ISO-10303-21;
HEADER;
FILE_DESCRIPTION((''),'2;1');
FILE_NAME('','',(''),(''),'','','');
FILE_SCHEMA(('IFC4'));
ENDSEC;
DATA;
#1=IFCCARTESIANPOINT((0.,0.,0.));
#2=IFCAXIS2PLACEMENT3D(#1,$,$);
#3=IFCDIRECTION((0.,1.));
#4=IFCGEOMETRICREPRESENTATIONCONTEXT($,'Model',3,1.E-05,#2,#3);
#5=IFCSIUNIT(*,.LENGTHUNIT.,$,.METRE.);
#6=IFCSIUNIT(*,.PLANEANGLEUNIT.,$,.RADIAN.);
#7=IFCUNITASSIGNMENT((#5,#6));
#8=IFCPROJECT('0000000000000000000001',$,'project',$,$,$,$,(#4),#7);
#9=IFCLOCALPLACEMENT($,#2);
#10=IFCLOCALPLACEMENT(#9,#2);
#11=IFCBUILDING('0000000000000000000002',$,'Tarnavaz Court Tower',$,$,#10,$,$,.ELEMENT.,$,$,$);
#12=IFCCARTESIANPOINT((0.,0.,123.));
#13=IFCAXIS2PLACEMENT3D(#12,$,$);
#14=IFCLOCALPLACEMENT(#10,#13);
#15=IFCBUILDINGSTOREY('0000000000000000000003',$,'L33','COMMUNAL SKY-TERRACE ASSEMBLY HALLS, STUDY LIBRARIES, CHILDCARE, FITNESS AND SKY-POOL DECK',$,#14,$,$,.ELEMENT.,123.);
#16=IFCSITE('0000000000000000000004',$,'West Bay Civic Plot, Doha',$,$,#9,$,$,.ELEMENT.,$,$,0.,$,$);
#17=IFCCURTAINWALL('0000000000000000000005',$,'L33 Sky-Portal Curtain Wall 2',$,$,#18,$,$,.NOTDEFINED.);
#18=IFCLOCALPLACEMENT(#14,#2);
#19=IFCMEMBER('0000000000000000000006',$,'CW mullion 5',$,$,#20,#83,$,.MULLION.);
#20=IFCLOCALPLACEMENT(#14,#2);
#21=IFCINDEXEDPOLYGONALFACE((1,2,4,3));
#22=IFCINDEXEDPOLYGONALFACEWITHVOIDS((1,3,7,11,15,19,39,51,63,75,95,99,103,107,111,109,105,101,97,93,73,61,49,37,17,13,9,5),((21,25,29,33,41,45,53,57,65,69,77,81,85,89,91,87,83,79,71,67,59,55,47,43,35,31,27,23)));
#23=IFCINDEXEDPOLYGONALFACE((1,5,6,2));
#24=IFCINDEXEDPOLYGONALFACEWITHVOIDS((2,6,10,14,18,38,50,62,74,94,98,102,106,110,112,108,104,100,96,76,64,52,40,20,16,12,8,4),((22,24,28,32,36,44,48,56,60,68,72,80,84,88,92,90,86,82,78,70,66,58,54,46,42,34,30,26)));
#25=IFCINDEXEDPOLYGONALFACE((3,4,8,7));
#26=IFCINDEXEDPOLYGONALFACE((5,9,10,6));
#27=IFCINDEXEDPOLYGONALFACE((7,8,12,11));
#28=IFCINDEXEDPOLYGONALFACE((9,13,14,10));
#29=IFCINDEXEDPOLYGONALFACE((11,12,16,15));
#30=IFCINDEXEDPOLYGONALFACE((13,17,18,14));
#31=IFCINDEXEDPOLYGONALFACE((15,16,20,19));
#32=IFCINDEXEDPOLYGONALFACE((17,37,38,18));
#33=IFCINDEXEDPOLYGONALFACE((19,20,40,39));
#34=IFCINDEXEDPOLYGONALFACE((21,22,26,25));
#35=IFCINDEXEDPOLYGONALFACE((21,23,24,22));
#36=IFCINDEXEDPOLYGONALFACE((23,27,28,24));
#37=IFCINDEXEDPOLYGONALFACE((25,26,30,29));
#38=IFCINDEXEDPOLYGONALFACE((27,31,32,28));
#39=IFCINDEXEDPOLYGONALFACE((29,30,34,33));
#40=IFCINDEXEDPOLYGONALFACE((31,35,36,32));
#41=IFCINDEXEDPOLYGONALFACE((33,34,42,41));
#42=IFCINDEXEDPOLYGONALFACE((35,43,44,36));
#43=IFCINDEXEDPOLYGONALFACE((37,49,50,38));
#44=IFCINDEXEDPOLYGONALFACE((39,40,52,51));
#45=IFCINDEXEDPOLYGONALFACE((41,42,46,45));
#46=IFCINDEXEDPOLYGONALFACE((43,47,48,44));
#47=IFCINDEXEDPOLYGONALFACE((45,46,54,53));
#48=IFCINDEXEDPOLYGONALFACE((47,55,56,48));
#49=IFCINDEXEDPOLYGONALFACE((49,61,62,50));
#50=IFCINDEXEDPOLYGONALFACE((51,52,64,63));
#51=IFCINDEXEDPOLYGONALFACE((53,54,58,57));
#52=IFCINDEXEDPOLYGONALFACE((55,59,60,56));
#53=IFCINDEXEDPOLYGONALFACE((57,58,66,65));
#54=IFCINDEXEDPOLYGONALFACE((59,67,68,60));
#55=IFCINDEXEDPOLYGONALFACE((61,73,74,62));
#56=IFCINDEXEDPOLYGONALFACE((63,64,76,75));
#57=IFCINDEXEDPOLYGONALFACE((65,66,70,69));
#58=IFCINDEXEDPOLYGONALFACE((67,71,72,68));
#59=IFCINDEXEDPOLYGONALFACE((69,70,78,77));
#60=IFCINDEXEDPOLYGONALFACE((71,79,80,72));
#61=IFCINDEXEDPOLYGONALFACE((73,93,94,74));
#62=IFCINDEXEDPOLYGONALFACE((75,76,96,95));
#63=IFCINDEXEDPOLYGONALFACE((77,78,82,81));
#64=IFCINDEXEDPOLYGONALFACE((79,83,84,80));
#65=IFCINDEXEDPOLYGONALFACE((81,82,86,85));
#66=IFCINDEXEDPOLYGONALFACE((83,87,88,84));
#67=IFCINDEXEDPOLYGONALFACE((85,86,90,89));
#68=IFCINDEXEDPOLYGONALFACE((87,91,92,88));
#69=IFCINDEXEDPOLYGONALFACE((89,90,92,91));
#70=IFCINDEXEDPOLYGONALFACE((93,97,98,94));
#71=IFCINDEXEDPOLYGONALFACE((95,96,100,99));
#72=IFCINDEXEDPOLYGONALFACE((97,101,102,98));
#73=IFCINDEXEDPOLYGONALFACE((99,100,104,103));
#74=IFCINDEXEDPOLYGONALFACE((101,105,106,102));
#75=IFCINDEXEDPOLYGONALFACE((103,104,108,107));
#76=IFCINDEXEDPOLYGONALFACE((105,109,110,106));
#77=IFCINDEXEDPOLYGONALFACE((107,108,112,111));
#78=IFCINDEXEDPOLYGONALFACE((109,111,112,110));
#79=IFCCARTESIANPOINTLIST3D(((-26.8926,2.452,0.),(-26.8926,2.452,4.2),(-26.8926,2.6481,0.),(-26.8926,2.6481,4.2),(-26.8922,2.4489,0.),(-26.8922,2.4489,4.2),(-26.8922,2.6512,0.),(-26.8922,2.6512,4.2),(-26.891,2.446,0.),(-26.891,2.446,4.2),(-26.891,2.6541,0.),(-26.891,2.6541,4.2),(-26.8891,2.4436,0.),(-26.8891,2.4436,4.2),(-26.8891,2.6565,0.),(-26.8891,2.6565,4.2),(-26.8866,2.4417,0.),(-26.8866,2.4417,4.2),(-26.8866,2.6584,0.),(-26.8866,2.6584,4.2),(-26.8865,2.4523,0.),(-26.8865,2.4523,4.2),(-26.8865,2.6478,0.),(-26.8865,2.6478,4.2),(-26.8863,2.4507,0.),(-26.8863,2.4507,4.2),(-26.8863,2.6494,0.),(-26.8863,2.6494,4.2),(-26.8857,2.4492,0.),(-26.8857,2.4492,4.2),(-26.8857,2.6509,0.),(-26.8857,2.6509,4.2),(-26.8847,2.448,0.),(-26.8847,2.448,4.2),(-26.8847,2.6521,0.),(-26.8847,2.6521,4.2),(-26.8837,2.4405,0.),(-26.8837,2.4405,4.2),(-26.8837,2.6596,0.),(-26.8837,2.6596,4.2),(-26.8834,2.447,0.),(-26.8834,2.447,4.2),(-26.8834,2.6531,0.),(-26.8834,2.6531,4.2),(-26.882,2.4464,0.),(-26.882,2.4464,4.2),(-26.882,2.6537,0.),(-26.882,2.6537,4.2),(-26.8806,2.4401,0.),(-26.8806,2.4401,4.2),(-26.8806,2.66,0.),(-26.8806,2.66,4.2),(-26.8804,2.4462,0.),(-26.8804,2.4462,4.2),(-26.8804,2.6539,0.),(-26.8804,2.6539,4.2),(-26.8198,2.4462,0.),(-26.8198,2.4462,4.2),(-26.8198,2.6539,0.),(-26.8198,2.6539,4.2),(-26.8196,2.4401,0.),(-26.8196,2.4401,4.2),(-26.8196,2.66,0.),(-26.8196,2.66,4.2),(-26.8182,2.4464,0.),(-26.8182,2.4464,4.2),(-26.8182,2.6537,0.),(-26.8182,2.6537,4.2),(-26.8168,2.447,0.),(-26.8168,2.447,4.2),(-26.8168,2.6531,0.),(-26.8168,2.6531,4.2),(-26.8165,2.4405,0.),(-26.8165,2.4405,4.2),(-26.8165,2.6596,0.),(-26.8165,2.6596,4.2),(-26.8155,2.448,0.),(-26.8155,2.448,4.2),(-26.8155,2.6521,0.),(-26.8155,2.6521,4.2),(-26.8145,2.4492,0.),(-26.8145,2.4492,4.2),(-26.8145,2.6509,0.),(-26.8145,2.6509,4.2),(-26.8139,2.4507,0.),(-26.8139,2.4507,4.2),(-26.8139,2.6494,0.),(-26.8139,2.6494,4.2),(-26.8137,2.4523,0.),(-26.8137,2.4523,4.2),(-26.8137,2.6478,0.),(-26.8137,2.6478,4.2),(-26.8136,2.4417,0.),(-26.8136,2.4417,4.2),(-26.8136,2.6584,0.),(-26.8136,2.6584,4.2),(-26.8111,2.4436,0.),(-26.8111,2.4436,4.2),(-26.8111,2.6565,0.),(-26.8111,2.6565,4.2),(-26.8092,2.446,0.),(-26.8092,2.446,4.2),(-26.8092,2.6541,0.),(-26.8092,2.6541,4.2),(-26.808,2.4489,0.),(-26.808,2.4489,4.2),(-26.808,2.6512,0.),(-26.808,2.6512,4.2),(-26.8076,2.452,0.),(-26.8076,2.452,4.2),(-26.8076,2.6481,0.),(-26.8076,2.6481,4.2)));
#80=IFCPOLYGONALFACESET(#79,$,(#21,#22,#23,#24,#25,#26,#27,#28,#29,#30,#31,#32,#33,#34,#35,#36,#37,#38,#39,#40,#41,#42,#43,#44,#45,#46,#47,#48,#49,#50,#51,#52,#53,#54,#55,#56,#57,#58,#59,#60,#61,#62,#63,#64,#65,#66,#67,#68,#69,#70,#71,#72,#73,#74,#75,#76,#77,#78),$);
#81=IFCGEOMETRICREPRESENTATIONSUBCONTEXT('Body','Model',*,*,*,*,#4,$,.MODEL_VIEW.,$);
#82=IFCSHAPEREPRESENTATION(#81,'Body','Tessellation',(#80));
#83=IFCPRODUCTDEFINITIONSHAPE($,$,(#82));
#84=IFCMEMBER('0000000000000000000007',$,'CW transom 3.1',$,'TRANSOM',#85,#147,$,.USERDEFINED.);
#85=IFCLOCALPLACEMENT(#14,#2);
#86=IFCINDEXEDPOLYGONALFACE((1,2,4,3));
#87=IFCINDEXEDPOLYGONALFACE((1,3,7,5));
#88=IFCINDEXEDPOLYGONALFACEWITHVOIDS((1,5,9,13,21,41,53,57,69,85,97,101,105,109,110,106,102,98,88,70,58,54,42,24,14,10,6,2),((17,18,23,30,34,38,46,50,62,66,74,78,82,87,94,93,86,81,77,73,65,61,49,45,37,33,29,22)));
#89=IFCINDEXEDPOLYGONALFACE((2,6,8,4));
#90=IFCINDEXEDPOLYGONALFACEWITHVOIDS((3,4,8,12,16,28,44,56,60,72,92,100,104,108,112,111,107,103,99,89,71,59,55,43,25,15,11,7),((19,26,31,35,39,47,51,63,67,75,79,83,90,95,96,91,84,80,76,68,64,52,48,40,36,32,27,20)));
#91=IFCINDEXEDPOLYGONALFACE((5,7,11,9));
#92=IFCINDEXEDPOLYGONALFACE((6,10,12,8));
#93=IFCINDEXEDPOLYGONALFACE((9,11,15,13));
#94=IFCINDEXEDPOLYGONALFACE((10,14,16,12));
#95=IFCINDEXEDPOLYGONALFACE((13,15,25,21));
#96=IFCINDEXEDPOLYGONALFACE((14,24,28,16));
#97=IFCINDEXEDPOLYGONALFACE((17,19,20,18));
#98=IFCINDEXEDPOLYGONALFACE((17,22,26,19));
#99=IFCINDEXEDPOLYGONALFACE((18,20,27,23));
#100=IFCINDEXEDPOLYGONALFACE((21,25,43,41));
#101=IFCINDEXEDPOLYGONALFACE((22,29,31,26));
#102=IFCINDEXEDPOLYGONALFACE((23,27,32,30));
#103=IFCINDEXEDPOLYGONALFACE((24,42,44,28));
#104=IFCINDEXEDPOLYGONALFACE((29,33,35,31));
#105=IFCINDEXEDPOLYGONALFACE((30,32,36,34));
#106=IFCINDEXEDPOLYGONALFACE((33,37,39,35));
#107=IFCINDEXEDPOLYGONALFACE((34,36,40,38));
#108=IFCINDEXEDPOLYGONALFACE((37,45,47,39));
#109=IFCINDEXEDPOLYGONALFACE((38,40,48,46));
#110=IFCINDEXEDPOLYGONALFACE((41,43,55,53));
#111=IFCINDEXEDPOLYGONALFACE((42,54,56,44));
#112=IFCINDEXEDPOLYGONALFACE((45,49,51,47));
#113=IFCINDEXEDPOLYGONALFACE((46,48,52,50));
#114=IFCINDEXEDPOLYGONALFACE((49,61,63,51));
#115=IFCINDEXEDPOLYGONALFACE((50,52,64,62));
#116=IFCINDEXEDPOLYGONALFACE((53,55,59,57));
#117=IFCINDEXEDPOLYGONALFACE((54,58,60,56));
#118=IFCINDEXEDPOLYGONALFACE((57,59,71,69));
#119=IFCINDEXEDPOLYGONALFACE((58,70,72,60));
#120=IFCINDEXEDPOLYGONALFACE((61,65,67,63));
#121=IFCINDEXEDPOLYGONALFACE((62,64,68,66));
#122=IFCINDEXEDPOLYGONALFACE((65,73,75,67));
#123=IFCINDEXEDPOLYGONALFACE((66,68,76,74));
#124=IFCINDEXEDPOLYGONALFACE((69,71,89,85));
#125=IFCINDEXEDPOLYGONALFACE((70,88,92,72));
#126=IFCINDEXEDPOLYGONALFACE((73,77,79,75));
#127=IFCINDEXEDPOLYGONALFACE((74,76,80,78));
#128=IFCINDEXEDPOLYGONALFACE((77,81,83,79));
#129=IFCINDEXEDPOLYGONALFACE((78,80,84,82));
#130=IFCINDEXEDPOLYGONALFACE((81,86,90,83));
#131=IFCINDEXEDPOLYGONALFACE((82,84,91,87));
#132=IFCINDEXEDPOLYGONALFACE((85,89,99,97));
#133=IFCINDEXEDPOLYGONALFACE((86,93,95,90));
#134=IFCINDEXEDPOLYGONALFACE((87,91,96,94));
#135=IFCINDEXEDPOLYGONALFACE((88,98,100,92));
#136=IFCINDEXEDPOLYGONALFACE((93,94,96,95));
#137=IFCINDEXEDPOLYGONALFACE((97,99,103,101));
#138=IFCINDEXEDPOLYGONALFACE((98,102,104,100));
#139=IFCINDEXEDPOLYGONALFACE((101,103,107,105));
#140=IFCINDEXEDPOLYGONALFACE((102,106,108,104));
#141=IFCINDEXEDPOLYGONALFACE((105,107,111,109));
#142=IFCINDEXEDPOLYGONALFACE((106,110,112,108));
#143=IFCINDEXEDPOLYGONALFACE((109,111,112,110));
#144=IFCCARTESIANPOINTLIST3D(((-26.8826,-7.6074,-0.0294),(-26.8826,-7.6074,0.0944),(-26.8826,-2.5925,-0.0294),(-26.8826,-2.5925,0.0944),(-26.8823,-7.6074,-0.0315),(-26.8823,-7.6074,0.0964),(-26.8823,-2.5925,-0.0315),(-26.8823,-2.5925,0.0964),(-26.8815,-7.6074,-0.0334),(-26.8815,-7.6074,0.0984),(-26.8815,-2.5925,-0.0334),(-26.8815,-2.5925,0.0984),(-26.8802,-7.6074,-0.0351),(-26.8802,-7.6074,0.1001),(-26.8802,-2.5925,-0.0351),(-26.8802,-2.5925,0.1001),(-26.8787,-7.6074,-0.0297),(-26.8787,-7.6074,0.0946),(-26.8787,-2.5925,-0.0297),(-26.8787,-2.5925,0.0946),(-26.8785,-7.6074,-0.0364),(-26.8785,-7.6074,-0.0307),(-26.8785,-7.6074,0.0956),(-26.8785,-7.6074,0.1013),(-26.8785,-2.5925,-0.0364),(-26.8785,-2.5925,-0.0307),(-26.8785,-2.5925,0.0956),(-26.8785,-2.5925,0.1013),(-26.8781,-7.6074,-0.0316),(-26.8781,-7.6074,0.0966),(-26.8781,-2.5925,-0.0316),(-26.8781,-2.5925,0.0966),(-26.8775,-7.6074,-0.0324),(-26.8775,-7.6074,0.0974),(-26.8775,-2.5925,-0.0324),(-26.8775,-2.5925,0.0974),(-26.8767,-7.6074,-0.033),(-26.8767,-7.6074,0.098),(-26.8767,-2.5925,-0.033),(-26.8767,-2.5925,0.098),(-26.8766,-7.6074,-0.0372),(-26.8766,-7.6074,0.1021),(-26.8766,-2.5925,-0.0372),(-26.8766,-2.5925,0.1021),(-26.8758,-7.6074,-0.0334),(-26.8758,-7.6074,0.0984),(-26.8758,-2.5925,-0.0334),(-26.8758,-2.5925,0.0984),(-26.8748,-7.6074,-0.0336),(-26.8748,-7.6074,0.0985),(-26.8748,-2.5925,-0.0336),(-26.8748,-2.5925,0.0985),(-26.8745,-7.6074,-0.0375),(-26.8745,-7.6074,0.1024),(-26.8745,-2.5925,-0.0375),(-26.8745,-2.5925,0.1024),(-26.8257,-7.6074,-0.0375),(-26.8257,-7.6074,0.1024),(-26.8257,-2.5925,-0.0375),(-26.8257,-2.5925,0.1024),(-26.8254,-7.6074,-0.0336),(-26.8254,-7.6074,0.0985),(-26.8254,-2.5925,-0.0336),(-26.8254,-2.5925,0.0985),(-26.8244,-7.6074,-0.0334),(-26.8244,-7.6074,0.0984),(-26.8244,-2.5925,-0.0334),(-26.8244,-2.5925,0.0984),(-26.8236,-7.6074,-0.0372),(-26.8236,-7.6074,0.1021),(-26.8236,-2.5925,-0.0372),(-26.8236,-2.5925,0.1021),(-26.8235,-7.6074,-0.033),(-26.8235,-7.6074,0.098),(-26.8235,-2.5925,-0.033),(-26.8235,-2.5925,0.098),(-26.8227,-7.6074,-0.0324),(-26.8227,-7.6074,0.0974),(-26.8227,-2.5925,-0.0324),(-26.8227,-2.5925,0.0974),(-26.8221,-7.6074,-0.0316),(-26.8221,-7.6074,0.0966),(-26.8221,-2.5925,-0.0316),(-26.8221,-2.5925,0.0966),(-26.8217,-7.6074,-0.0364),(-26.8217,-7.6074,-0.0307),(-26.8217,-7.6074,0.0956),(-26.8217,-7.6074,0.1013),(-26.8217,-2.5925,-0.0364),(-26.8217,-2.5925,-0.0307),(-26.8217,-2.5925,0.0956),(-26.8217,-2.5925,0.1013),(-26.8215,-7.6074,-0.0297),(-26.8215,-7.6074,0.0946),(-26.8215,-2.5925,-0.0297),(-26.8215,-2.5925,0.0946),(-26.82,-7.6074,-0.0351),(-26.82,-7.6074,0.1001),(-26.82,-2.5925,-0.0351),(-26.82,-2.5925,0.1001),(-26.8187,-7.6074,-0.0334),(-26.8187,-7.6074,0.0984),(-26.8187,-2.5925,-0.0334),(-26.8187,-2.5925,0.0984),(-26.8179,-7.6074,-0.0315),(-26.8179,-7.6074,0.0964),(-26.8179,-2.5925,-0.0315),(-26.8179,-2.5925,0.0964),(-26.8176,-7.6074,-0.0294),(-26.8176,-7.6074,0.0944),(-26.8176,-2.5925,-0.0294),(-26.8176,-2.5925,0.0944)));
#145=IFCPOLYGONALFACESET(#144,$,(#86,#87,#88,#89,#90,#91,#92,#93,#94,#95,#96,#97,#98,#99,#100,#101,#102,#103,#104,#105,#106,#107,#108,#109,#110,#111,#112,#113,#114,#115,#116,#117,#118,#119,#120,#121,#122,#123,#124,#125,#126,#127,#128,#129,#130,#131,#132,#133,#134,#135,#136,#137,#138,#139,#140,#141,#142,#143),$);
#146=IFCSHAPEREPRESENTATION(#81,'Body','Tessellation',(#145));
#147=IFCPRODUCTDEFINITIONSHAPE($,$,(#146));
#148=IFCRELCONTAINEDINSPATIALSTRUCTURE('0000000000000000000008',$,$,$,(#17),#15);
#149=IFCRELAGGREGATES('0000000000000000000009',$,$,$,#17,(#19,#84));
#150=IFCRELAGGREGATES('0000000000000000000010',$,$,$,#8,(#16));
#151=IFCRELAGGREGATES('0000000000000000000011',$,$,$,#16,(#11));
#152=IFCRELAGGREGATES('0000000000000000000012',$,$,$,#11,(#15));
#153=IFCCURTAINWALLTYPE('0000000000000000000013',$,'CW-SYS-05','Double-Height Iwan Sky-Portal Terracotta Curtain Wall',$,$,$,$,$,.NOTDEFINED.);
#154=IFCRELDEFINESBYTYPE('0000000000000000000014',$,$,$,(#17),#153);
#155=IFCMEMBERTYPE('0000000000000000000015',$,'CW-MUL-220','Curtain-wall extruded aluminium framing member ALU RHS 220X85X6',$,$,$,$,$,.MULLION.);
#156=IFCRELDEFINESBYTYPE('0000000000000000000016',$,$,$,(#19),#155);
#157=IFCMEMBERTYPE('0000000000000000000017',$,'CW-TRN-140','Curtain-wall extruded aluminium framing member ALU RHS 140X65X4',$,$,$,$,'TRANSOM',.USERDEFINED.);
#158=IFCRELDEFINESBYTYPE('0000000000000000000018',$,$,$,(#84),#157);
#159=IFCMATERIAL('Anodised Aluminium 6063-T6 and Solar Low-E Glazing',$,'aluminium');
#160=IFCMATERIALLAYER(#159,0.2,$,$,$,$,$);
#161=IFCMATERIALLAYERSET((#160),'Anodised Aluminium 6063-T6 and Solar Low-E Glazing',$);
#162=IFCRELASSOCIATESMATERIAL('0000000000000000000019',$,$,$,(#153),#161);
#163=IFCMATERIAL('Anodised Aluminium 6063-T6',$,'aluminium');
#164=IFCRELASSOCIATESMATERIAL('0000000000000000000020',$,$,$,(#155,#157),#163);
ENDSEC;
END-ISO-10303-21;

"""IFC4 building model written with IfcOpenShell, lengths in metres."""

from ifc_helpers import new_model, si_unit, direction, frame, origin, origin_2d, place, context, subcontext, project, spatial, hollow_rectangle, extrude, material, layer, layer_set, material_profile, profile_set, type_object, element, aggregate, save


model = new_model("IFC4")

# Units and contexts
model_context = context("Model", 3, precision=1e-05, world=origin(), true_north=direction((0.0, 1.0)))
body_context = subcontext(model_context, "Body", "Model", "MODEL_VIEW")
ifc_project = project(units=[si_unit("LENGTHUNIT", "METRE"), si_unit("PLANEANGLEUNIT", "RADIAN")], contexts=[model_context])

# Site, building, storey
site_placement = place(None, origin())
site = spatial("IfcSite", under=ifc_project, at=site_placement, Name="West Bay Civic Plot, Doha", CompositionType="ELEMENT", RefElevation=0.0)
building_placement = place(site_placement, origin())
building = spatial("IfcBuilding", under=site, at=building_placement, Name="Tarnavaz Court Tower", CompositionType="ELEMENT")
storey_placement = place(building_placement, frame((0.0, 0.0, 123.0)))
storey = spatial("IfcBuildingStorey", under=building, at=storey_placement, Name="L33", Description="COMMUNAL SKY-TERRACE ASSEMBLY HALLS, STUDY LIBRARIES, CHILDCARE, FITNESS AND SKY-POOL DECK", CompositionType="ELEMENT", Elevation=123.0)

# Curtain wall, members
ifc_material_1 = material(Name="Anodised Aluminium 6063-T6 and Solar Low-E Glazing", Category="aluminium")
ifc_layer_1 = layer(ifc_material_1, 0.2)
ifc_layer_set_1 = layer_set([ifc_layer_1], Name="Anodised Aluminium 6063-T6 and Solar Low-E Glazing")
curtain_wall_type = type_object("IfcCurtainWallType", Name="CW-SYS-05", Description="Double-Height Iwan Sky-Portal Terracotta Curtain Wall", PredefinedType="NOTDEFINED", material=ifc_layer_set_1)
curtain_wall_placement = place(storey_placement, origin())
curtain_wall = element("IfcCurtainWall", 1, at=curtain_wall_placement, inside=storey, type_object=curtain_wall_type, Name="L33 Sky-Portal Curtain Wall 2", PredefinedType="NOTDEFINED")
ifc_material_2 = material(Name="Anodised Aluminium 6063-T6", Category="aluminium")
ifc_material_profile_1 = material_profile(ifc_material_2, hollow_rectangle(XDim=0.085, YDim=0.22, WallThickness=0.0061, InnerFilletRadius=0.0061, OuterFilletRadius=0.012, at=origin_2d()), Name="ALU RHS 220X85X6")
ifc_profile_set_1 = profile_set([ifc_material_profile_1], Name="Anodised Aluminium 6063-T6")
member_type_1 = type_object("IfcMemberType", Name="CW-MUL-220", Description="Curtain-wall extruded aluminium framing member ALU RHS 220X85X6", PredefinedType="MULLION", material=ifc_profile_set_1)
member_1_placement = place(storey_placement, frame((-26.8501, 2.55, 0.0), z_axis=(0.0, 0.0, 1.0), x_axis=(-1.0, 0.0, 0.0)))
member_1 = element("IfcMember", 2, at=member_1_placement, type_object=member_type_1, Name="CW mullion 5", PredefinedType="MULLION", context=body_context, shape_type="SweptSolid", body=[
    extrude(hollow_rectangle(XDim=0.085, YDim=0.22, WallThickness=0.0061, InnerFilletRadius=0.0061, OuterFilletRadius=0.012, at=origin_2d()), origin(), (0.0, 0.0, 1.0), 4.2),
])
ifc_material_profile_2 = material_profile(ifc_material_2, hollow_rectangle(XDim=0.0649, YDim=0.1399, WallThickness=0.0039, InnerFilletRadius=0.0039, OuterFilletRadius=0.0081, at=origin_2d()), Name="ALU RHS 140X65X4")
ifc_profile_set_2 = profile_set([ifc_material_profile_2], Name="Anodised Aluminium 6063-T6")
member_type_2 = type_object("IfcMemberType", Name="CW-TRN-140", Description="Curtain-wall extruded aluminium framing member ALU RHS 140X65X4", ElementType="TRANSOM", PredefinedType="USERDEFINED", material=ifc_profile_set_2)
member_2_placement = place(storey_placement, frame((-26.8501, -7.6074, 0.0325), z_axis=(0.0, 1.0, 0.0), x_axis=(-1.0, 0.0, 0.0)))
member_2 = element("IfcMember", 3, at=member_2_placement, type_object=member_type_2, Name="CW transom 3.1", ObjectType="TRANSOM", PredefinedType="USERDEFINED", context=body_context, shape_type="SweptSolid", body=[
    extrude(hollow_rectangle(XDim=0.0649, YDim=0.1399, WallThickness=0.0039, InnerFilletRadius=0.0039, OuterFilletRadius=0.0081, at=origin_2d()), origin(), (0.0, 0.0, 1.0), 5.0149),
])
aggregate(curtain_wall, [member_1, member_2])

save(model, "model.ifc")
